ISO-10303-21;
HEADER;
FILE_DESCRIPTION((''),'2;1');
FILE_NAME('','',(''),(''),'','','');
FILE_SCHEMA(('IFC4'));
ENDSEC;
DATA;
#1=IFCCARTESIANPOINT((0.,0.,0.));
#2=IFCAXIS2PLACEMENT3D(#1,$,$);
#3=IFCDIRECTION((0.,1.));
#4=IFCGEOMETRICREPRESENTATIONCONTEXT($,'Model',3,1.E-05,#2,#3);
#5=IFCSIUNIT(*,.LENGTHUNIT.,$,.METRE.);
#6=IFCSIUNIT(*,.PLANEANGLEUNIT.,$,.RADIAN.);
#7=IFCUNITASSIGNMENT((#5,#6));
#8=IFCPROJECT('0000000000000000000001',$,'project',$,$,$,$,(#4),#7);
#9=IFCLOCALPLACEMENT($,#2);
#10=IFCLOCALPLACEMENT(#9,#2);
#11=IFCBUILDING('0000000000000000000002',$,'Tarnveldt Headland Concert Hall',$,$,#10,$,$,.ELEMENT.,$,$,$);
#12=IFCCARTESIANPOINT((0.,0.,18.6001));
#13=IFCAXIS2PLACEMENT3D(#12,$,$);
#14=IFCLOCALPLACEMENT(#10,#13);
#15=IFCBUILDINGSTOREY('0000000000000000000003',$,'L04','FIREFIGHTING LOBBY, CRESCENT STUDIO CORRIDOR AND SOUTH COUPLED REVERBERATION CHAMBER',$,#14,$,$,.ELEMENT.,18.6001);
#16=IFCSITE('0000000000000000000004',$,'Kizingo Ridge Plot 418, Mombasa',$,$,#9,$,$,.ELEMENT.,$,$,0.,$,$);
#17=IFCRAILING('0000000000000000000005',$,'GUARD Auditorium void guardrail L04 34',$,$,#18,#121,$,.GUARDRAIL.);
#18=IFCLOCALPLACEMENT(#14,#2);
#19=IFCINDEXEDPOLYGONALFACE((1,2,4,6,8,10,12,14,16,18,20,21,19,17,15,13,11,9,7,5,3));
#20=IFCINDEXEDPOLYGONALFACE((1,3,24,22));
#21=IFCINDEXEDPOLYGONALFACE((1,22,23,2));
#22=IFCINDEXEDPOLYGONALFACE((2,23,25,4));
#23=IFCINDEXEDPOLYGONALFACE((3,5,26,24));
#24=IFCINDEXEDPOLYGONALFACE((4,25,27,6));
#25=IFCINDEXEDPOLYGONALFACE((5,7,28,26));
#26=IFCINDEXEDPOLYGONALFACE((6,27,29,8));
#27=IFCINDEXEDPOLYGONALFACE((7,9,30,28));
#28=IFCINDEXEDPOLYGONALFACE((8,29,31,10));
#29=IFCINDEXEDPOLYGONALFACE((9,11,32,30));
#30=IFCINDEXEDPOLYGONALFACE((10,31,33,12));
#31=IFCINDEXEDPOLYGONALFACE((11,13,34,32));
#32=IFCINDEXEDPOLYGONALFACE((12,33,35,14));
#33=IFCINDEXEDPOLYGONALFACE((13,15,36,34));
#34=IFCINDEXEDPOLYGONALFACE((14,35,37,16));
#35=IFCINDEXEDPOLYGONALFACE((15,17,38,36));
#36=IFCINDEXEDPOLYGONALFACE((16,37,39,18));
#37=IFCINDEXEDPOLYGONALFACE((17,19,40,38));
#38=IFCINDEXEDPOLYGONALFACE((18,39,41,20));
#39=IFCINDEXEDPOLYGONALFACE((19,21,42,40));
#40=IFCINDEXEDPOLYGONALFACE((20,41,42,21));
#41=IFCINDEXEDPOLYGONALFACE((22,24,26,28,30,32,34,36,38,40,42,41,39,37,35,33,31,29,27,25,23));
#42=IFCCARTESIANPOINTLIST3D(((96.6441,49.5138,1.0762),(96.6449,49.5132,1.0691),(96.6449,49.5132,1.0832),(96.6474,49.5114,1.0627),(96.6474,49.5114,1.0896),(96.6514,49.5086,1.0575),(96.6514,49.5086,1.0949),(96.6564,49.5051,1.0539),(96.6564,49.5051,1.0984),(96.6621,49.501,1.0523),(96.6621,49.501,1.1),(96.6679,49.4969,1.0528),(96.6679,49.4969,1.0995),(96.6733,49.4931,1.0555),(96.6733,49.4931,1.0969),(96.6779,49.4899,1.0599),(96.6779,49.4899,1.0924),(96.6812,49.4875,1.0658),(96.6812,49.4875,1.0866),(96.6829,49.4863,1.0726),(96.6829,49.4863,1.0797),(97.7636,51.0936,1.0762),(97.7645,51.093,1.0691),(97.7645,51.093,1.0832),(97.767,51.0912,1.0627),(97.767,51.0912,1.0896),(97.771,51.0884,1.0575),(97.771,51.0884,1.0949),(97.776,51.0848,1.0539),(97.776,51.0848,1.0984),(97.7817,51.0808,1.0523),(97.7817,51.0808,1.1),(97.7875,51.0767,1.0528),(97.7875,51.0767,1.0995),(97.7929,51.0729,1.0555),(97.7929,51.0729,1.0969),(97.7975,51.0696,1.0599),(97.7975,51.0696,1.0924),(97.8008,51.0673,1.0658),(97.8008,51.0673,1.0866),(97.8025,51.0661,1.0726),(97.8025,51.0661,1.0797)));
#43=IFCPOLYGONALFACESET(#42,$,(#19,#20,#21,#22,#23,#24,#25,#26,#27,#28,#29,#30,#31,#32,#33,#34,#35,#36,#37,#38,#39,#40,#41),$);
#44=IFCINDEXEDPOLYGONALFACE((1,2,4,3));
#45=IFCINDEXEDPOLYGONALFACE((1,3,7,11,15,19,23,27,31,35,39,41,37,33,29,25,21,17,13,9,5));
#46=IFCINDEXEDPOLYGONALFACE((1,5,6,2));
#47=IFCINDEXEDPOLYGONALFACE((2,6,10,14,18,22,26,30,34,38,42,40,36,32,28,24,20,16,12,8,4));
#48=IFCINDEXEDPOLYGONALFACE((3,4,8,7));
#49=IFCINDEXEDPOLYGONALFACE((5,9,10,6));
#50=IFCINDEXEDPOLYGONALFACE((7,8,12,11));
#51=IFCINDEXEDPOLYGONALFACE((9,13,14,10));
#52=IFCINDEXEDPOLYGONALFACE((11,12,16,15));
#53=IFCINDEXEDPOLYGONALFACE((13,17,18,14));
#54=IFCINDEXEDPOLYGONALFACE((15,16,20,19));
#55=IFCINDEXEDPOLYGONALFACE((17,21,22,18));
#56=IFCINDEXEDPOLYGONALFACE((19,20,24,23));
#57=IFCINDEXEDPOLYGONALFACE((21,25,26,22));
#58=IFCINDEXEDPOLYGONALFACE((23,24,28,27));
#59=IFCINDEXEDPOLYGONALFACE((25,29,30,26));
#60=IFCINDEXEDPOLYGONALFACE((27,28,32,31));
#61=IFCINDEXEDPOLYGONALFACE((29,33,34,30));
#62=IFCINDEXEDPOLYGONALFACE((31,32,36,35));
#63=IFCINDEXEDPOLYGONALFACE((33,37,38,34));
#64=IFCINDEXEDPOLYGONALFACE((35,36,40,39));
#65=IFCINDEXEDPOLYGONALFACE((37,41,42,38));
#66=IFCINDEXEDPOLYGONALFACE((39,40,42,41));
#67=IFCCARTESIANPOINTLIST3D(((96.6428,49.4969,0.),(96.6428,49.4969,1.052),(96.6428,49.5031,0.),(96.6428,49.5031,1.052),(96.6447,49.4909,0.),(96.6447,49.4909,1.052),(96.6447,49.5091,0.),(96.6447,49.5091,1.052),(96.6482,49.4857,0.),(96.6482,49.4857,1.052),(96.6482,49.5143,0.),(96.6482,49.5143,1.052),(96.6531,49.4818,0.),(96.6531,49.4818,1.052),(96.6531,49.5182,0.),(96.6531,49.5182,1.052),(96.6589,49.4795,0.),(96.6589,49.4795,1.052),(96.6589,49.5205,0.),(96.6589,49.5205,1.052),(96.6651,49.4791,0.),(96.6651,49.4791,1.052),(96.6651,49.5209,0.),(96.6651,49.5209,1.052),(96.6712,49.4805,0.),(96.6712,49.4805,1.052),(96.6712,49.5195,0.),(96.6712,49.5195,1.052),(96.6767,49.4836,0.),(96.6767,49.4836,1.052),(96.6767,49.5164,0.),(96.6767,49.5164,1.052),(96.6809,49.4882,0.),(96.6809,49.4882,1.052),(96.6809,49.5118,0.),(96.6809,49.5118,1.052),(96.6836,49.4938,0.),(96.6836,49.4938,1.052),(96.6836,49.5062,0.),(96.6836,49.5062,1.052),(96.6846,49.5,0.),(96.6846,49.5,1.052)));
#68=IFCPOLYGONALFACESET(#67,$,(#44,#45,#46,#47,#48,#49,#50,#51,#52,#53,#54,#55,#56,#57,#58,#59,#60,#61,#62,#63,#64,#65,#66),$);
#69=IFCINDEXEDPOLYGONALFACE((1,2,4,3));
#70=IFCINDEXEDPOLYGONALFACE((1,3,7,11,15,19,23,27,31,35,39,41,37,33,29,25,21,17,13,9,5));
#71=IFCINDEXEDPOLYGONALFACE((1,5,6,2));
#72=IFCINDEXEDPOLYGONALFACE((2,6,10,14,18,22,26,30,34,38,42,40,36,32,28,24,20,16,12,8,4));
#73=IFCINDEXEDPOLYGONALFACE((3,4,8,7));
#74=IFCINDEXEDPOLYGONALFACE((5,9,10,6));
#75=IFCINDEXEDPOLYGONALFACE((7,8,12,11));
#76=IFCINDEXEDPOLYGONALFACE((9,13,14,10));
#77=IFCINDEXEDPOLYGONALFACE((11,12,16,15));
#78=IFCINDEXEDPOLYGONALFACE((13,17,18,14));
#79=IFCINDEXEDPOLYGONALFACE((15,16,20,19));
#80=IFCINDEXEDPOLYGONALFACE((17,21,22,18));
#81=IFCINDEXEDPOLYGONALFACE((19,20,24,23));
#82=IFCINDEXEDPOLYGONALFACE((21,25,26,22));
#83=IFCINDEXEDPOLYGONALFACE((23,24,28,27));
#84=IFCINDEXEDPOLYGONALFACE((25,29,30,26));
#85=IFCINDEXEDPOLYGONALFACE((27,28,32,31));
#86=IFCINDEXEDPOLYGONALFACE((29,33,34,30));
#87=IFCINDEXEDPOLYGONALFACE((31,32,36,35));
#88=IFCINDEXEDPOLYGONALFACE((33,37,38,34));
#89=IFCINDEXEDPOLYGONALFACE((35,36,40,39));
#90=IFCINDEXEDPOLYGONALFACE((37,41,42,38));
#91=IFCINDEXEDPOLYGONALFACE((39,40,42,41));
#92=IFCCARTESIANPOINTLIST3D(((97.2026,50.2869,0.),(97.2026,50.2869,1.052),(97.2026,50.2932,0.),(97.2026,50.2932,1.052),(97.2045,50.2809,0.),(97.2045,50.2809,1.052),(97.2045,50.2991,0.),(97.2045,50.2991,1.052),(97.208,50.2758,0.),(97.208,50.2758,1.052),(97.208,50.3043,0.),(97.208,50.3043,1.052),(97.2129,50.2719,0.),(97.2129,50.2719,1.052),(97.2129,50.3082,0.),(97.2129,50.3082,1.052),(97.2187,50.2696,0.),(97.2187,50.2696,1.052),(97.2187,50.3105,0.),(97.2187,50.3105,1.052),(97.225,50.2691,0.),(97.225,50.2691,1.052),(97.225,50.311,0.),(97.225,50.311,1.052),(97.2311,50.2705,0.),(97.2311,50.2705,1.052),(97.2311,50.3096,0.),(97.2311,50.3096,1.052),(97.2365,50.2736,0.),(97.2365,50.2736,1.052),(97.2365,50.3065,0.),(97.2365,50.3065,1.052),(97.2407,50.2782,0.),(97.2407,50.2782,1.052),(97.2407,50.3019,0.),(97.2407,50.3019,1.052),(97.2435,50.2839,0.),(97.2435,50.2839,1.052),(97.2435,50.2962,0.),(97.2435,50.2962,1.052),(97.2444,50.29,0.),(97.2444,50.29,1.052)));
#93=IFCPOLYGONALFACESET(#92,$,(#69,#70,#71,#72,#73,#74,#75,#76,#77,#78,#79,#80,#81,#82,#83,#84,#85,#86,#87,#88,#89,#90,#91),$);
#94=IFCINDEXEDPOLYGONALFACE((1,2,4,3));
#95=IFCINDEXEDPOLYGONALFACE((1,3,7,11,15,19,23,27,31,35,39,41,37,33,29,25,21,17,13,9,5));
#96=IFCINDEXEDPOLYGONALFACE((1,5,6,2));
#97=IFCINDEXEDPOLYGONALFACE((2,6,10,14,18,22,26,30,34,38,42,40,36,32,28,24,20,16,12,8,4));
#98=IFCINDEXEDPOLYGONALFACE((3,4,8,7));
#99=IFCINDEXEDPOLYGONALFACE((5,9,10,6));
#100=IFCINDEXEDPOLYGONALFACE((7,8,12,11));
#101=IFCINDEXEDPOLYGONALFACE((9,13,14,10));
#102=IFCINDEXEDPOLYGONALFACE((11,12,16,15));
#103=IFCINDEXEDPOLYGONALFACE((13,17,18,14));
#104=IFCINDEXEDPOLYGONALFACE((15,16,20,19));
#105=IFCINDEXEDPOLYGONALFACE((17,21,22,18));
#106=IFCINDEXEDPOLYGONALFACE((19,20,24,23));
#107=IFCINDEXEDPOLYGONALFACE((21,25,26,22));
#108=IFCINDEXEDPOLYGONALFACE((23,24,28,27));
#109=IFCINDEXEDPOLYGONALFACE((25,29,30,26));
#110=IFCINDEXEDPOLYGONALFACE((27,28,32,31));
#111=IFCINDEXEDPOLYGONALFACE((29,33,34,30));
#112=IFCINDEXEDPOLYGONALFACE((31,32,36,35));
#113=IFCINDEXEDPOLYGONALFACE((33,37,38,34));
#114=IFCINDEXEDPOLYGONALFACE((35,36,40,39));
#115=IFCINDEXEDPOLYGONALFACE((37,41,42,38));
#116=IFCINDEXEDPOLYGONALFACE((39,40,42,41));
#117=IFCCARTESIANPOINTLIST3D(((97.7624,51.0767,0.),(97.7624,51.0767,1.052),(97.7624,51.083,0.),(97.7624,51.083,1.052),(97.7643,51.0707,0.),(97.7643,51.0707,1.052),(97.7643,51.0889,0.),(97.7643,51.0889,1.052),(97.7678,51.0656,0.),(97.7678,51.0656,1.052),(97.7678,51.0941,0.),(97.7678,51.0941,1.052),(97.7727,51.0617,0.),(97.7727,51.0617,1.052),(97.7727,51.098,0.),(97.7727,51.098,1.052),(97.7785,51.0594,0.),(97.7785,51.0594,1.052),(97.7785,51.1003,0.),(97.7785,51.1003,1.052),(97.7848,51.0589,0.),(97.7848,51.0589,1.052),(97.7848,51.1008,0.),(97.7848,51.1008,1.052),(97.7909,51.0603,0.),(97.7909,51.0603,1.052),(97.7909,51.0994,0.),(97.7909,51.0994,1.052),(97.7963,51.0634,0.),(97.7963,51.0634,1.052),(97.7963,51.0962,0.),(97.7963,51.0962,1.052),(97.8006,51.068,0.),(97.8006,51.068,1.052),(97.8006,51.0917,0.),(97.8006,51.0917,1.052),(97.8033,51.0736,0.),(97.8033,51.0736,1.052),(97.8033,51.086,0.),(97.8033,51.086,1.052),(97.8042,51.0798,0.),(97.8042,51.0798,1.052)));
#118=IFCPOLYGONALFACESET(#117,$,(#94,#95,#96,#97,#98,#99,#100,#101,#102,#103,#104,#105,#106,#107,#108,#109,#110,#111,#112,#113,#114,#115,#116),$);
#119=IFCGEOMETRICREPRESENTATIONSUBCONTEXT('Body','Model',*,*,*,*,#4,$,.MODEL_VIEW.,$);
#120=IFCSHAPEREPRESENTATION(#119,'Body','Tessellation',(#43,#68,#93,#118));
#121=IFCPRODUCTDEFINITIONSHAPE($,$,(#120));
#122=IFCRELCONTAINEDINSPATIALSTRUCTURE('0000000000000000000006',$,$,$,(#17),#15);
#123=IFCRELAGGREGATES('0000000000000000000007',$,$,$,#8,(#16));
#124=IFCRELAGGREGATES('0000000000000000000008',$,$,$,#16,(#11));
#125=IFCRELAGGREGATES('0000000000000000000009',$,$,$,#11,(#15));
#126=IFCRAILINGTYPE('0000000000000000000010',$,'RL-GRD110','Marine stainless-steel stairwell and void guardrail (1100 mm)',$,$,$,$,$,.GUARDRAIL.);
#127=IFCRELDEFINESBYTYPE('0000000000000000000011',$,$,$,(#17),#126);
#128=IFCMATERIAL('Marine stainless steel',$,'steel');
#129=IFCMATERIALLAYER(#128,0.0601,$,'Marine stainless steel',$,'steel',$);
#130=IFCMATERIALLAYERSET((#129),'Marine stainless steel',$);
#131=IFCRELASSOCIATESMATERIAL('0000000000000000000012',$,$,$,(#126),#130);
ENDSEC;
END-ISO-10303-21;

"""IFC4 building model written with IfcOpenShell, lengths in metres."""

from ifc_helpers import new_model, si_unit, direction, frame, origin, origin_2d, place, context, subcontext, project, spatial, circle, extrude, material, layer, layer_set, type_object, element, save


model = new_model("IFC4")

# Units and contexts
model_context = context("Model", 3, precision=1e-05, world=origin(), true_north=direction((0.0, 1.0)))
body_context = subcontext(model_context, "Body", "Model", "MODEL_VIEW")
ifc_project = project(units=[si_unit("LENGTHUNIT", "METRE"), si_unit("PLANEANGLEUNIT", "RADIAN")], contexts=[model_context])

# Site, building, storey
site_placement = place(None, origin())
site = spatial("IfcSite", under=ifc_project, at=site_placement, Name="Kizingo Ridge Plot 418, Mombasa", CompositionType="ELEMENT", RefElevation=0.0)
building_placement = place(site_placement, origin())
building = spatial("IfcBuilding", under=site, at=building_placement, Name="Tarnveldt Headland Concert Hall", CompositionType="ELEMENT")
storey_placement = place(building_placement, frame((0.0, 0.0, 18.6001)))
storey = spatial("IfcBuildingStorey", under=building, at=storey_placement, Name="L04", Description="FIREFIGHTING LOBBY, CRESCENT STUDIO CORRIDOR AND SOUTH COUPLED REVERBERATION CHAMBER", CompositionType="ELEMENT", Elevation=18.6001)

# Railing
ifc_material_1 = material(Name="Marine stainless steel", Category="steel")
ifc_layer_1 = layer(ifc_material_1, 0.0601, Name="Marine stainless steel", Category="steel")
ifc_layer_set_1 = layer_set([ifc_layer_1], Name="Marine stainless steel")
railing_type_1 = type_object("IfcRailingType", Name="RL-GRD110", Description="Marine stainless-steel stairwell and void guardrail (1100 mm)", PredefinedType="GUARDRAIL", material=ifc_layer_set_1)
railing_1_placement = place(storey_placement, frame((96.6636, 49.5, 0.0)))
element("IfcRailing", 1, at=railing_1_placement, inside=storey, type_object=railing_type_1, Name="GUARD Auditorium void guardrail L04 34", PredefinedType="GUARDRAIL", context=body_context, shape_type="SweptSolid", body=[
    extrude(circle(Radius=0.0239, at=origin_2d()), frame((0.0, 0.0, 1.0762), z_axis=(0.578217, 0.815883, 0.0), x_axis=(-0.815883, 0.578217, 0.0)), (0.0, 0.0, 1.0), 1.9363),
    extrude(circle(Radius=0.021, at=origin_2d()), origin(), (0.0, 0.0, 1.0), 1.052),
    extrude(circle(Radius=0.021, at=origin_2d()), frame((0.5598, 0.79, 0.0)), (0.0, 0.0, 1.0), 1.052),
    extrude(circle(Radius=0.021, at=origin_2d()), frame((1.1196, 1.5798, 0.0)), (0.0, 0.0, 1.0), 1.052),
])

save(model, "model.ifc")
